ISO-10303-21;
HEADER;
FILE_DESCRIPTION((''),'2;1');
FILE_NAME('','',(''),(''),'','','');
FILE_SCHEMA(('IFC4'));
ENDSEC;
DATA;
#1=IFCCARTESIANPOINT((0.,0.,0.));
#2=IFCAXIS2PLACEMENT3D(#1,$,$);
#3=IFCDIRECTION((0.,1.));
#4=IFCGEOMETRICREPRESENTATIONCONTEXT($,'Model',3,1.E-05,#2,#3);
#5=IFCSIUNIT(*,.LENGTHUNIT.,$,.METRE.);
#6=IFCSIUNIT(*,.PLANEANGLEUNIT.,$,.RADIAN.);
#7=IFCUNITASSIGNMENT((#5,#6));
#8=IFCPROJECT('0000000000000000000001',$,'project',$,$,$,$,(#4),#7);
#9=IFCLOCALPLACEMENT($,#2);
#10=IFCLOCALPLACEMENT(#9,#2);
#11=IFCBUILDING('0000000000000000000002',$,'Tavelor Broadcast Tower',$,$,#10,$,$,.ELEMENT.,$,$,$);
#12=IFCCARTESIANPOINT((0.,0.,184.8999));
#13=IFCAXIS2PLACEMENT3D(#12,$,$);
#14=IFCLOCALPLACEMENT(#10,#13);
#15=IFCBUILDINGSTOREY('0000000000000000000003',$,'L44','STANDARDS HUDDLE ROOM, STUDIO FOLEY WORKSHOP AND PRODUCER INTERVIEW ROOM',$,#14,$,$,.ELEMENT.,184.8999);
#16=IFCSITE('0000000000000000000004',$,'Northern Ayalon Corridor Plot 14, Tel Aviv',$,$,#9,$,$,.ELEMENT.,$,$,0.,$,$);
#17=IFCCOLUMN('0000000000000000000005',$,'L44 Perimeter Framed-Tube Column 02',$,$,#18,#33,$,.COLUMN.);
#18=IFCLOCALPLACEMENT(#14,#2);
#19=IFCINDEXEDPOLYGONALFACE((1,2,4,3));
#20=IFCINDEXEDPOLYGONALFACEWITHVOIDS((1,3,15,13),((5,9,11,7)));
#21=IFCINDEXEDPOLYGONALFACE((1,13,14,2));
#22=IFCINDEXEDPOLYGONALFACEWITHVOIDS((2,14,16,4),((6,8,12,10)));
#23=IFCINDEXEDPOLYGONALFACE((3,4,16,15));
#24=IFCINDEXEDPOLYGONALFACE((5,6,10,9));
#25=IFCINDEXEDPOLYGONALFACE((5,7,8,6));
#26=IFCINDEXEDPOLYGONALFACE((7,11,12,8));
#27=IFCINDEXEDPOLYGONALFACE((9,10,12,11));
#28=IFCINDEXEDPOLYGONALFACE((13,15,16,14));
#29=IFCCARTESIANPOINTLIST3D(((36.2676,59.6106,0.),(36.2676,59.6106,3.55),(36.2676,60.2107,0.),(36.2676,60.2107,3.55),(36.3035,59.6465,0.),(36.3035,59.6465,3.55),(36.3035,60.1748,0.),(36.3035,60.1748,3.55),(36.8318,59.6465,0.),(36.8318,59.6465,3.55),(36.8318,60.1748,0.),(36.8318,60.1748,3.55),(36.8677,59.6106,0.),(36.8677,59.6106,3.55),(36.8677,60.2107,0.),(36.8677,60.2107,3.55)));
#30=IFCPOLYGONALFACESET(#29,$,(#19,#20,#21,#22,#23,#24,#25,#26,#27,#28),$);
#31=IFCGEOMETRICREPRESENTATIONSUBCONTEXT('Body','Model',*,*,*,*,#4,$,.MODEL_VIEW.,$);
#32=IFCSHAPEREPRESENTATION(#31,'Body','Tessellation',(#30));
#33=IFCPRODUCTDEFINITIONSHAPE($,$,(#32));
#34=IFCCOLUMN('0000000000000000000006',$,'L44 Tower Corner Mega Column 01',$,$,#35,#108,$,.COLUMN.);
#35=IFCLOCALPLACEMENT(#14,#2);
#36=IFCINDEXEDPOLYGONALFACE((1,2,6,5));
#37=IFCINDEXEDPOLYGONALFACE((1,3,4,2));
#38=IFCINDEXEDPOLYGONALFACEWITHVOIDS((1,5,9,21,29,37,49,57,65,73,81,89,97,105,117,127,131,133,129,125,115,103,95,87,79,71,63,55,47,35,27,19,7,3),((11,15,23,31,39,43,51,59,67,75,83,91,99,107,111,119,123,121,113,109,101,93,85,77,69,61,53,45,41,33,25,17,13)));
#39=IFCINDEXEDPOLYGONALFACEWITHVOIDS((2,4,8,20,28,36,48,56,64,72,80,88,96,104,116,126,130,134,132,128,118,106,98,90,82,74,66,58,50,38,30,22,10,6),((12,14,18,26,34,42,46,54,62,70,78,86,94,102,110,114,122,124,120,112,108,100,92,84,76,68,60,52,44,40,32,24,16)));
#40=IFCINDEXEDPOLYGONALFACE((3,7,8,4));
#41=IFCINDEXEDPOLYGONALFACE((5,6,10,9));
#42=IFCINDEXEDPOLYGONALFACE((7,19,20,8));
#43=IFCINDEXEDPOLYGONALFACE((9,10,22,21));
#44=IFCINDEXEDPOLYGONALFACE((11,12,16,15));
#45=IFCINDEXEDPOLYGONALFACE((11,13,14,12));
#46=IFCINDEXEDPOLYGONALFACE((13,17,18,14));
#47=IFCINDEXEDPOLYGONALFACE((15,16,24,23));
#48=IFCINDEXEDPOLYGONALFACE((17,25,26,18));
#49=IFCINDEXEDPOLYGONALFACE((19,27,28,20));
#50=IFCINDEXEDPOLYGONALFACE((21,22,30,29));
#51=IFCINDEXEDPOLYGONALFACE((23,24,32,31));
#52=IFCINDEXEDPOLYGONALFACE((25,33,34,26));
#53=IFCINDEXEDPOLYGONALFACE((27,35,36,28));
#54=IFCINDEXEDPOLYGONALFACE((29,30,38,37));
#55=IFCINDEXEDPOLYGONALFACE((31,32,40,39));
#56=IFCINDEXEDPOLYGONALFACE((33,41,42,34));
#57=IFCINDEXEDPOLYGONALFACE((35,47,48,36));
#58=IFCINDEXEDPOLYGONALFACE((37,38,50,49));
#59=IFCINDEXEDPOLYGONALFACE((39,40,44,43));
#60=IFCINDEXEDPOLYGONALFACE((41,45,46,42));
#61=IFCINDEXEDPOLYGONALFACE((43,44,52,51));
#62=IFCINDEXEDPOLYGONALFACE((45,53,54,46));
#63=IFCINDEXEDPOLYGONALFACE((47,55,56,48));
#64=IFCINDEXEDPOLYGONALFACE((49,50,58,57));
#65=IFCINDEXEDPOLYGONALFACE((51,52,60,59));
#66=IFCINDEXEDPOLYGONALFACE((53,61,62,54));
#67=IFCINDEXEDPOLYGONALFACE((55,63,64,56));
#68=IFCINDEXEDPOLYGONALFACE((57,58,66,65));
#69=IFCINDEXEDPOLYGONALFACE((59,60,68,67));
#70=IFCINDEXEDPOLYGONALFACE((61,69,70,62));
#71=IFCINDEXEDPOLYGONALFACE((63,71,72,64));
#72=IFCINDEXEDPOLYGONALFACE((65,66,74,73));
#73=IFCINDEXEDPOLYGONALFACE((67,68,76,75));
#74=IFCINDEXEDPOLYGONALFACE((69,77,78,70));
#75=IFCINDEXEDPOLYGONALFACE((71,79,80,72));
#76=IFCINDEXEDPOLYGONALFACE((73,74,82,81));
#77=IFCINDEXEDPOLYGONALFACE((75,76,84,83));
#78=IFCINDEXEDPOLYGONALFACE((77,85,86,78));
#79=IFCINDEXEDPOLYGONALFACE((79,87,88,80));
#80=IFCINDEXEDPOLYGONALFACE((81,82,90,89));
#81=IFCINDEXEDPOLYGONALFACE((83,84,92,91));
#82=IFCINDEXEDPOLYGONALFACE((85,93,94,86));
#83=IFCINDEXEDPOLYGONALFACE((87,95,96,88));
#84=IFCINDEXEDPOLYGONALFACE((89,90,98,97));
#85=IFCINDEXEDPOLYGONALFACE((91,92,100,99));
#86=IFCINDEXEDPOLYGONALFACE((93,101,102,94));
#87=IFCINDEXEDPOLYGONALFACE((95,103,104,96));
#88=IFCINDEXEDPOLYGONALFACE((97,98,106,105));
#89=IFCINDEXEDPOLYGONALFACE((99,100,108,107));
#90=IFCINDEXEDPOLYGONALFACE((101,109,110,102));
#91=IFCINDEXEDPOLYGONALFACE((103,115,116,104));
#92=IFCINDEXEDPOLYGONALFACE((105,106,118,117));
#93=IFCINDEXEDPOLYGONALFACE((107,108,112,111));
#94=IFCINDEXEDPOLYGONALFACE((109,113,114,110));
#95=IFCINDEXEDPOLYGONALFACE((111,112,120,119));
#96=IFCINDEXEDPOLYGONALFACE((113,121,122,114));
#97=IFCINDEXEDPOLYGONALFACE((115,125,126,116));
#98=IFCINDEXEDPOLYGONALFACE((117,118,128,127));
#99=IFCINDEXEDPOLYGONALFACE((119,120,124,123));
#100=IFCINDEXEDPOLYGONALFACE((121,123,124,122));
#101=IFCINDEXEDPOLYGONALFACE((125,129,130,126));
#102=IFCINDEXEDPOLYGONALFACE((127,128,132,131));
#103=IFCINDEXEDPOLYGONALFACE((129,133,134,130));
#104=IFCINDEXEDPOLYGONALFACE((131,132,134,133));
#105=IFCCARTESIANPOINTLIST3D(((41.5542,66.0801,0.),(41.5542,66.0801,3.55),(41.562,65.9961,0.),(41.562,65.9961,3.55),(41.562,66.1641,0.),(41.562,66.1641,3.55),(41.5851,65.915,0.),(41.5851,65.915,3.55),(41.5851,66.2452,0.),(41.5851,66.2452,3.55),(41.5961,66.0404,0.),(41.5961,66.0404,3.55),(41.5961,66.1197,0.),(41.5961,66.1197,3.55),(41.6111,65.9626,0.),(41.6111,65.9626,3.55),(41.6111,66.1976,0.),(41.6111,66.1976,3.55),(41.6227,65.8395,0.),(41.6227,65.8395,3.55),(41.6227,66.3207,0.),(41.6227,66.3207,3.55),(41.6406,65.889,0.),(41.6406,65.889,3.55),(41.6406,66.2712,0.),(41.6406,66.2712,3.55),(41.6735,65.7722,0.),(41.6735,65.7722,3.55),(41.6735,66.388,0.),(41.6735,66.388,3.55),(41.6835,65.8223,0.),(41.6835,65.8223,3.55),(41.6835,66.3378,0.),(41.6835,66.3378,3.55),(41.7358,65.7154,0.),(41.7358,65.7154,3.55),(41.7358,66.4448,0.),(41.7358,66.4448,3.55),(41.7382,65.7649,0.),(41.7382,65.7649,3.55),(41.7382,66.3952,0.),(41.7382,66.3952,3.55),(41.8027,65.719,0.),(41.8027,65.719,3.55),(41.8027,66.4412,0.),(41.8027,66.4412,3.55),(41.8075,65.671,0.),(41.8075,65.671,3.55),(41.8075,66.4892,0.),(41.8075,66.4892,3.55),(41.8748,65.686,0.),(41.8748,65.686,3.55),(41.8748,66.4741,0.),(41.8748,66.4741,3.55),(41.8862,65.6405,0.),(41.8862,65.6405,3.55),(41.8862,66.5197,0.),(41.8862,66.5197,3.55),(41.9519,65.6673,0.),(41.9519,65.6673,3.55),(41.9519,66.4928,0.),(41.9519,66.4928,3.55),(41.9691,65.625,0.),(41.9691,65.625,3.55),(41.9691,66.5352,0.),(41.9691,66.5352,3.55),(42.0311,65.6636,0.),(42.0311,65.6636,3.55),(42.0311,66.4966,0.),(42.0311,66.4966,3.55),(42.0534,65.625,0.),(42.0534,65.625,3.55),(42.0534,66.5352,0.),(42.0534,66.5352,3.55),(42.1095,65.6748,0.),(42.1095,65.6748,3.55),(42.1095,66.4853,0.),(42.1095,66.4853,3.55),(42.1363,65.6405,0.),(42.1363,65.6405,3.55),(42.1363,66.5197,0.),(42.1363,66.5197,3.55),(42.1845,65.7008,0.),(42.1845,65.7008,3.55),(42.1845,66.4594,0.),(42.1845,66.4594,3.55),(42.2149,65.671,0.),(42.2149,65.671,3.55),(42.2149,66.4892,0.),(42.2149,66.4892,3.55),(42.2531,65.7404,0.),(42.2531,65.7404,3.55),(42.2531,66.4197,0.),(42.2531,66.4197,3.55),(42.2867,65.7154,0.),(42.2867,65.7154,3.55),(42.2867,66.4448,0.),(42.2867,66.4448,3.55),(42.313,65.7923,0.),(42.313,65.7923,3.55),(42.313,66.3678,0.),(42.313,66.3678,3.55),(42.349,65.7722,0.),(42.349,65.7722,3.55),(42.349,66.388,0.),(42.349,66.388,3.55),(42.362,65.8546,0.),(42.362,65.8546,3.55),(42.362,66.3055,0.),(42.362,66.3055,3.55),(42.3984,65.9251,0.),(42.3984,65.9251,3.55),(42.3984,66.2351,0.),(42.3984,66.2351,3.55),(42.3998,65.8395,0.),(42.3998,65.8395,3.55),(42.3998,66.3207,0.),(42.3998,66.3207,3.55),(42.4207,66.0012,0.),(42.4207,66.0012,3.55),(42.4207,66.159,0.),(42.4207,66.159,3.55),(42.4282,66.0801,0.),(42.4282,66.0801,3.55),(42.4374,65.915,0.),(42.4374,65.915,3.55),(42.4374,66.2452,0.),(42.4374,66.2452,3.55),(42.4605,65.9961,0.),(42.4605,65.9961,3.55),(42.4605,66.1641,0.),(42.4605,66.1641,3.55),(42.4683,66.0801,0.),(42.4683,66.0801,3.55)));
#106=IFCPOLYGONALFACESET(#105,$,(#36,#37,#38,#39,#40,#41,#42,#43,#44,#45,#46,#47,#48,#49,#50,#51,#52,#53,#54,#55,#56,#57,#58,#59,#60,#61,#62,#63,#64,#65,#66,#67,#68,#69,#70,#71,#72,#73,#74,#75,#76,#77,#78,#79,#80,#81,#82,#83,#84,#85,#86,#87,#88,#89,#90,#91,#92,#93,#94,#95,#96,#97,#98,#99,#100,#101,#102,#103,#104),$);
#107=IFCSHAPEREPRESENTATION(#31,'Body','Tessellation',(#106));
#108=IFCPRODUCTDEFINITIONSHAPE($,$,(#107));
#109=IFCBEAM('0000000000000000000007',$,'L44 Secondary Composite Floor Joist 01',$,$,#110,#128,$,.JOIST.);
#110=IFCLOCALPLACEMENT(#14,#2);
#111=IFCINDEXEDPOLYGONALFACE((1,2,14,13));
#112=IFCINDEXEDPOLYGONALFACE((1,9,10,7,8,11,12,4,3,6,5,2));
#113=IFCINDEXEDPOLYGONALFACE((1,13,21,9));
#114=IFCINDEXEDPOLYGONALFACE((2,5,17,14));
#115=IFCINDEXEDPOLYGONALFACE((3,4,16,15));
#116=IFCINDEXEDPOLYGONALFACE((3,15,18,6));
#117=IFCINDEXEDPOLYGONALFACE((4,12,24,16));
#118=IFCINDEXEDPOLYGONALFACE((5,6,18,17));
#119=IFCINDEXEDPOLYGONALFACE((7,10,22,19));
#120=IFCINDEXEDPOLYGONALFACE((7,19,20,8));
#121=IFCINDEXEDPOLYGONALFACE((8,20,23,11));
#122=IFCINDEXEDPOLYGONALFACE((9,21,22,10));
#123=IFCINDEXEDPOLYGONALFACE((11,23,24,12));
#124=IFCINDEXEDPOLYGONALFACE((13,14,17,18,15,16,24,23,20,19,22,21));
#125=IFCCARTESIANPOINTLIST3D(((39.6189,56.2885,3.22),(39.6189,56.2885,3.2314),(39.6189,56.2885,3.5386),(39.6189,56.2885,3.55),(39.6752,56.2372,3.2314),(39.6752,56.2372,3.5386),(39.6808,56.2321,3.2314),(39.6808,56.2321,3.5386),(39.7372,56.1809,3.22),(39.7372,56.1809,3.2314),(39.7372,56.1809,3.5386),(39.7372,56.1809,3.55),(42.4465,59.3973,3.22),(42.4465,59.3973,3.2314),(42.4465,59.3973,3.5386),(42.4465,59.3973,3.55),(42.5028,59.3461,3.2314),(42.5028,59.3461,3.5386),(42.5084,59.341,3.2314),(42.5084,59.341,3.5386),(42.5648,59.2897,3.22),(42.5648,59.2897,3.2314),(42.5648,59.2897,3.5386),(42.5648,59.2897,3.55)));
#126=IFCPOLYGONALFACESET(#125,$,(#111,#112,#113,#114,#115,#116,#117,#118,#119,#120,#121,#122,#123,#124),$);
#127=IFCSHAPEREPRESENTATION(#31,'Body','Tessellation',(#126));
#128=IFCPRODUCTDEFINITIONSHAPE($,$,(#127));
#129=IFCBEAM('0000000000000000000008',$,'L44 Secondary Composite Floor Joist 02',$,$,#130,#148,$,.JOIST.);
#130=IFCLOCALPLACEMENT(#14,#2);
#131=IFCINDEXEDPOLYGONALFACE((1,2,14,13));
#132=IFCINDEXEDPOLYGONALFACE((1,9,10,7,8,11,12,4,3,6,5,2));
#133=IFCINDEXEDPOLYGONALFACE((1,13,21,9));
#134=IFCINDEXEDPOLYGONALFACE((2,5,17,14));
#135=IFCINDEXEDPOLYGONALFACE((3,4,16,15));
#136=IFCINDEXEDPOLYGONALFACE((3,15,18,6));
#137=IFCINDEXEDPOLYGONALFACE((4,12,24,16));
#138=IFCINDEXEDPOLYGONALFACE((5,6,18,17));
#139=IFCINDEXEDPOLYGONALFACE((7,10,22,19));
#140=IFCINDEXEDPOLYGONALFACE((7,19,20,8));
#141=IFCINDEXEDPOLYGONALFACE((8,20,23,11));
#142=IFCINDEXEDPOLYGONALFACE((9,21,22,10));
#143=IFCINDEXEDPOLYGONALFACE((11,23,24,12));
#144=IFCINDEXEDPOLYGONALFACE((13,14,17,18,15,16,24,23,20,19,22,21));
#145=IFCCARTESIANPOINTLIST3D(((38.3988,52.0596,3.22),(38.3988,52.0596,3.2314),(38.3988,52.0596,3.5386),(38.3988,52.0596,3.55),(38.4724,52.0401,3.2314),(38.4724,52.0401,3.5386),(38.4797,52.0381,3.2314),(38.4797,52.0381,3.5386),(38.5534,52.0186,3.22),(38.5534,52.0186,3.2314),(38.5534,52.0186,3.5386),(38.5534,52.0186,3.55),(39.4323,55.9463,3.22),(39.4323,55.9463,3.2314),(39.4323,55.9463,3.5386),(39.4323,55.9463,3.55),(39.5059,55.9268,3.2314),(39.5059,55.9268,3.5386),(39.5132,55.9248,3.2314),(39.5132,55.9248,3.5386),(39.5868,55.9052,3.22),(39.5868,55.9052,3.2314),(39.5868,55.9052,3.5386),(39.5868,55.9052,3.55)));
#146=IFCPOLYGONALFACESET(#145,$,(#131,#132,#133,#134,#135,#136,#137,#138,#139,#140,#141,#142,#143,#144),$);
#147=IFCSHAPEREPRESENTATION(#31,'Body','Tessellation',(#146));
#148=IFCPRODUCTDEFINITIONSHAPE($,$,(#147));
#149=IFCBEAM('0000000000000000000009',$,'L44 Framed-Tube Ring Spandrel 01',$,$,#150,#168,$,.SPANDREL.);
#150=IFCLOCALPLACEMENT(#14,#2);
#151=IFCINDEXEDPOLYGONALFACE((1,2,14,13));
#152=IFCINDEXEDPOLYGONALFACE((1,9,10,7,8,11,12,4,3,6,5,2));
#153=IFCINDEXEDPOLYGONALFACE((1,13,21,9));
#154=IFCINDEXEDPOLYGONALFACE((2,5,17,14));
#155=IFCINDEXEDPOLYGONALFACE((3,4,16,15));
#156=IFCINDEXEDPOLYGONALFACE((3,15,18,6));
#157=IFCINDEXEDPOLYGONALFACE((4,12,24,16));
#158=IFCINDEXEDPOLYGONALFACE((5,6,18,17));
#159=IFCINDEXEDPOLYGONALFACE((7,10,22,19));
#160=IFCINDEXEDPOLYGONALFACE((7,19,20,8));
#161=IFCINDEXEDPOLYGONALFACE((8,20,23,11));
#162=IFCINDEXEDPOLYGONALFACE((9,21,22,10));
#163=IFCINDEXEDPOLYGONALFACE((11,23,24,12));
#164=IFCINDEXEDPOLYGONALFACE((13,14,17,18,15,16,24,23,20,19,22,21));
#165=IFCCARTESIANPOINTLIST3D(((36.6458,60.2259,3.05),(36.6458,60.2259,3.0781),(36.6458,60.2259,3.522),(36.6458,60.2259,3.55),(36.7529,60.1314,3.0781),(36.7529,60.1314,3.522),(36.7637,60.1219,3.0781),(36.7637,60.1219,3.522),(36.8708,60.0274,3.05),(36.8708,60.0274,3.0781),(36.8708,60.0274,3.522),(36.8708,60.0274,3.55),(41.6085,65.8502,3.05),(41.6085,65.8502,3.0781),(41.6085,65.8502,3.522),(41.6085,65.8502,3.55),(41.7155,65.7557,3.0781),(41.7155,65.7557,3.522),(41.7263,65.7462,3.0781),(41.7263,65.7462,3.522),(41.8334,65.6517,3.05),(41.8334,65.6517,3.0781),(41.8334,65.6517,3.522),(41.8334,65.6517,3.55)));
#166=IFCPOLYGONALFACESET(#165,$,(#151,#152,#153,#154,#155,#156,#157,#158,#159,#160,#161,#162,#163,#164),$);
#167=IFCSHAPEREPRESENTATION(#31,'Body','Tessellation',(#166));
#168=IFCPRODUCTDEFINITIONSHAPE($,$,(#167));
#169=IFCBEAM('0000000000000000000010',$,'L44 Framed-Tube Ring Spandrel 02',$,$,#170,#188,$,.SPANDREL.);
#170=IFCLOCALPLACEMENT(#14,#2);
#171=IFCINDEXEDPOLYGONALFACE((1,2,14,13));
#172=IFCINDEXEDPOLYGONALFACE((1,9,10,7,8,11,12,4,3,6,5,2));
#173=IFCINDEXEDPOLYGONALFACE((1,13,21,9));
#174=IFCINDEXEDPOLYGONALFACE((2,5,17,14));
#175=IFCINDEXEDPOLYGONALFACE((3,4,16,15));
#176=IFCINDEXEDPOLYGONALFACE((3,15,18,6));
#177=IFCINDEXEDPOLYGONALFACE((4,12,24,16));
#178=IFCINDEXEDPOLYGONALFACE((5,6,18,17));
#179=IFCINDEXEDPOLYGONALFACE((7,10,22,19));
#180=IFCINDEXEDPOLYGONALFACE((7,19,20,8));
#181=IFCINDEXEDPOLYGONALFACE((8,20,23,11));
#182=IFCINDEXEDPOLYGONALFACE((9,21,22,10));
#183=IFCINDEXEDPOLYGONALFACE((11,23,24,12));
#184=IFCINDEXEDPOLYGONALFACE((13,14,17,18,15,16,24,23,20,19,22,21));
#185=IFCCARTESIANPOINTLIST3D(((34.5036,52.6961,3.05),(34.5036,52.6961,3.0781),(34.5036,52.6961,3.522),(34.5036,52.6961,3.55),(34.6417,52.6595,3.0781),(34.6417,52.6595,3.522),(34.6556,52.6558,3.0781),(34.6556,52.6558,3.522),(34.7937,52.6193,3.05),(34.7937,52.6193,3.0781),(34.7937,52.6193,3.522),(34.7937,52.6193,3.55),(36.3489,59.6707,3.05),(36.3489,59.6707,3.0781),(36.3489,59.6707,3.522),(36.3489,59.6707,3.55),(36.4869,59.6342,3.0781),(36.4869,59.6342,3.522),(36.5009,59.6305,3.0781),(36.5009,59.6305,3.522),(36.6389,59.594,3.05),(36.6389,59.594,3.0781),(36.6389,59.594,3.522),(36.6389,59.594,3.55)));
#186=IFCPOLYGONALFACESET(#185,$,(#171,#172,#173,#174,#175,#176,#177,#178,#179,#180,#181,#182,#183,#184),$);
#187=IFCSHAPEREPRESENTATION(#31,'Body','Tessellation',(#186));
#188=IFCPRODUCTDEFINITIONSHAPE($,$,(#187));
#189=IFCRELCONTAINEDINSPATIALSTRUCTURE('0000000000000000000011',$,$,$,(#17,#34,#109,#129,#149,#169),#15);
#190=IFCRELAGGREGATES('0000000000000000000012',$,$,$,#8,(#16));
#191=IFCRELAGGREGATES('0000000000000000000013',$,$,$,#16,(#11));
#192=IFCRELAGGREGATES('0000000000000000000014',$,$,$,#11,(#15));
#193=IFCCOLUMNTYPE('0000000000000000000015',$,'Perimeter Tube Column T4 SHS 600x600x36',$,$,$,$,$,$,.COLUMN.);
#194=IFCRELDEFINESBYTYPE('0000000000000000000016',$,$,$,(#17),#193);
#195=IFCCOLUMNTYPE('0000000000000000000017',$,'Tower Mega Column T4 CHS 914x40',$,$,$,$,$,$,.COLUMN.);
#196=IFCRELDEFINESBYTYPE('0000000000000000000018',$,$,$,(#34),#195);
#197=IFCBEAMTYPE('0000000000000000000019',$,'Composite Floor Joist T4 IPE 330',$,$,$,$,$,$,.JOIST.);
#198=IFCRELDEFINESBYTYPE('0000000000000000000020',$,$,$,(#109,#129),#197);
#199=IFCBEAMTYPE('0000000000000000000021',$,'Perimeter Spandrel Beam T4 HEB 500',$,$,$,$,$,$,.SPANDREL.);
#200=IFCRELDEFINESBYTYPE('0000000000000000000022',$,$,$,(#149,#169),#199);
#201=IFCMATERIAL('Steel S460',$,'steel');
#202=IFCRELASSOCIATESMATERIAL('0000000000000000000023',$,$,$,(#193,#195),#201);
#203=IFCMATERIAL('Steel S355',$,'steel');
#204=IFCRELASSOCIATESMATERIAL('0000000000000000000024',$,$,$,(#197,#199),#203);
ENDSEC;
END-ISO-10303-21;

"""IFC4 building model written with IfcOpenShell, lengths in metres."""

from ifc_helpers import new_model, si_unit, direction, frame, origin, origin_2d, place, context, subcontext, project, spatial, hollow_rectangle, hollow_circle, i_section, extrude, material, material_profile, profile_set, type_object, element, save


model = new_model("IFC4")

# Units and contexts
model_context = context("Model", 3, precision=1e-05, world=origin(), true_north=direction((0.0, 1.0)))
body_context = subcontext(model_context, "Body", "Model", "MODEL_VIEW")
ifc_project = project(units=[si_unit("LENGTHUNIT", "METRE"), si_unit("PLANEANGLEUNIT", "RADIAN")], contexts=[model_context])

# Site, building, storey
site_placement = place(None, origin())
site = spatial("IfcSite", under=ifc_project, at=site_placement, Name="Northern Ayalon Corridor Plot 14, Tel Aviv", CompositionType="ELEMENT", RefElevation=0.0)
building_placement = place(site_placement, origin())
building = spatial("IfcBuilding", under=site, at=building_placement, Name="Tavelor Broadcast Tower", CompositionType="ELEMENT")
storey_placement = place(building_placement, frame((0.0, 0.0, 184.8999)))
storey = spatial("IfcBuildingStorey", under=building, at=storey_placement, Name="L44", Description="STANDARDS HUDDLE ROOM, STUDIO FOLEY WORKSHOP AND PRODUCER INTERVIEW ROOM", CompositionType="ELEMENT", Elevation=184.8999)

# Columns
ifc_material_1 = material(Name="Steel S460", Category="steel")
ifc_material_profile_1 = material_profile(ifc_material_1, hollow_rectangle(XDim=0.6001, YDim=0.6001, WallThickness=0.0359, at=origin_2d()), Name="SHS 600x600x36")
ifc_profile_set_1 = profile_set([ifc_material_profile_1], Name="Steel S460")
column_type_1 = type_object("IfcColumnType", Name="Perimeter Tube Column T4 SHS 600x600x36", PredefinedType="COLUMN", material=ifc_profile_set_1)
column_1_placement = place(storey_placement, frame((36.5676, 59.9106, 0.0), z_axis=(0.0, 0.0, 1.0), x_axis=(1.0, 0.0, 0.0)))
element("IfcColumn", 1, at=column_1_placement, inside=storey, type_object=column_type_1, Name="L44 Perimeter Framed-Tube Column 02", PredefinedType="COLUMN", context=body_context, shape_type="SweptSolid", body=[
    extrude(hollow_rectangle(XDim=0.6001, YDim=0.6001, WallThickness=0.0359, at=origin_2d()), origin(), (0.0, 0.0, 1.0), 3.55),
])
ifc_material_profile_2 = material_profile(ifc_material_1, hollow_circle(Radius=0.457, WallThickness=0.04, at=origin_2d()), Name="CHS 914x40")
ifc_profile_set_2 = profile_set([ifc_material_profile_2], Name="Steel S460")
column_type_2 = type_object("IfcColumnType", Name="Tower Mega Column T4 CHS 914x40", PredefinedType="COLUMN", material=ifc_profile_set_2)
column_2_placement = place(storey_placement, frame((42.0112, 66.0801, 0.0), z_axis=(0.0, 0.0, 1.0), x_axis=(1.0, 0.0, 0.0)))
element("IfcColumn", 2, at=column_2_placement, inside=storey, type_object=column_type_2, Name="L44 Tower Corner Mega Column 01", PredefinedType="COLUMN", context=body_context, shape_type="SweptSolid", body=[
    extrude(hollow_circle(Radius=0.457, WallThickness=0.04, at=origin_2d()), origin(), (0.0, 0.0, 1.0), 3.55),
])

# Beams
ifc_material_2 = material(Name="Steel S355", Category="steel")
ifc_material_profile_3 = material_profile(ifc_material_2, i_section(OverallWidth=0.1599, OverallDepth=0.3301, WebThickness=0.0076, FlangeThickness=0.0115, at=origin_2d()), Name="IPE 330")
ifc_profile_set_3 = profile_set([ifc_material_profile_3], Name="Steel S355")
beam_type_1 = type_object("IfcBeamType", Name="Composite Floor Joist T4 IPE 330", PredefinedType="JOIST", material=ifc_profile_set_3)
beam_1_placement = place(storey_placement, frame((42.5056, 59.3435, 3.385), z_axis=(-0.672852, -0.739777, 0.0), x_axis=(0.739777, -0.672852, 0.0)))
element("IfcBeam", 3, at=beam_1_placement, inside=storey, type_object=beam_type_1, Name="L44 Secondary Composite Floor Joist 01", PredefinedType="JOIST", context=body_context, shape_type="SweptSolid", body=[
    extrude(i_section(OverallWidth=0.1599, OverallDepth=0.3301, WebThickness=0.0076, FlangeThickness=0.0115, at=origin_2d()), origin(), (0.0, 0.0, 1.0), 4.2024),
])
beam_2_placement = place(storey_placement, frame((39.5095, 55.9258, 3.385), z_axis=(-0.256964, -0.966421, 0.0), x_axis=(0.966421, -0.256964, 0.0)))
element("IfcBeam", 4, at=beam_2_placement, inside=storey, type_object=beam_type_1, Name="L44 Secondary Composite Floor Joist 02", PredefinedType="JOIST", context=body_context, shape_type="SweptSolid", body=[
    extrude(i_section(OverallWidth=0.1599, OverallDepth=0.3301, WebThickness=0.0076, FlangeThickness=0.0115, at=origin_2d()), origin(), (0.0, 0.0, 1.0), 4.0217),
])
ifc_material_profile_4 = material_profile(ifc_material_2, i_section(OverallWidth=0.3, OverallDepth=0.5, WebThickness=0.0144, FlangeThickness=0.0281, at=origin_2d()), Name="HEB 500")
ifc_profile_set_4 = profile_set([ifc_material_profile_4], Name="Steel S355")
beam_type_2 = type_object("IfcBeamType", Name="Perimeter Spandrel Beam T4 HEB 500", PredefinedType="SPANDREL", material=ifc_profile_set_4)
beam_3_placement = place(storey_placement, frame((41.7209, 65.751, 3.3), z_axis=(-0.661626, -0.749834, 0.0), x_axis=(0.749834, -0.661626, 0.0)))
element("IfcBeam", 5, at=beam_3_placement, inside=storey, type_object=beam_type_2, Name="L44 Framed-Tube Ring Spandrel 01", PredefinedType="SPANDREL", context=body_context, shape_type="SweptSolid", body=[
    extrude(i_section(OverallWidth=0.3, OverallDepth=0.5, WebThickness=0.0144, FlangeThickness=0.0281, at=origin_2d()), origin(), (0.0, 0.0, 1.0), 7.5007),
])
beam_4_placement = place(storey_placement, frame((36.4939, 59.6323, 3.3), z_axis=(-0.255762, -0.96674, 0.0), x_axis=(0.96674, -0.255762, 0.0)))
element("IfcBeam", 6, at=beam_4_placement, inside=storey, type_object=beam_type_2, Name="L44 Framed-Tube Ring Spandrel 02", PredefinedType="SPANDREL", context=body_context, shape_type="SweptSolid", body=[
    extrude(i_section(OverallWidth=0.3, OverallDepth=0.5, WebThickness=0.0144, FlangeThickness=0.0281, at=origin_2d()), origin(), (0.0, 0.0, 1.0), 7.2146),
])

save(model, "model.ifc")
